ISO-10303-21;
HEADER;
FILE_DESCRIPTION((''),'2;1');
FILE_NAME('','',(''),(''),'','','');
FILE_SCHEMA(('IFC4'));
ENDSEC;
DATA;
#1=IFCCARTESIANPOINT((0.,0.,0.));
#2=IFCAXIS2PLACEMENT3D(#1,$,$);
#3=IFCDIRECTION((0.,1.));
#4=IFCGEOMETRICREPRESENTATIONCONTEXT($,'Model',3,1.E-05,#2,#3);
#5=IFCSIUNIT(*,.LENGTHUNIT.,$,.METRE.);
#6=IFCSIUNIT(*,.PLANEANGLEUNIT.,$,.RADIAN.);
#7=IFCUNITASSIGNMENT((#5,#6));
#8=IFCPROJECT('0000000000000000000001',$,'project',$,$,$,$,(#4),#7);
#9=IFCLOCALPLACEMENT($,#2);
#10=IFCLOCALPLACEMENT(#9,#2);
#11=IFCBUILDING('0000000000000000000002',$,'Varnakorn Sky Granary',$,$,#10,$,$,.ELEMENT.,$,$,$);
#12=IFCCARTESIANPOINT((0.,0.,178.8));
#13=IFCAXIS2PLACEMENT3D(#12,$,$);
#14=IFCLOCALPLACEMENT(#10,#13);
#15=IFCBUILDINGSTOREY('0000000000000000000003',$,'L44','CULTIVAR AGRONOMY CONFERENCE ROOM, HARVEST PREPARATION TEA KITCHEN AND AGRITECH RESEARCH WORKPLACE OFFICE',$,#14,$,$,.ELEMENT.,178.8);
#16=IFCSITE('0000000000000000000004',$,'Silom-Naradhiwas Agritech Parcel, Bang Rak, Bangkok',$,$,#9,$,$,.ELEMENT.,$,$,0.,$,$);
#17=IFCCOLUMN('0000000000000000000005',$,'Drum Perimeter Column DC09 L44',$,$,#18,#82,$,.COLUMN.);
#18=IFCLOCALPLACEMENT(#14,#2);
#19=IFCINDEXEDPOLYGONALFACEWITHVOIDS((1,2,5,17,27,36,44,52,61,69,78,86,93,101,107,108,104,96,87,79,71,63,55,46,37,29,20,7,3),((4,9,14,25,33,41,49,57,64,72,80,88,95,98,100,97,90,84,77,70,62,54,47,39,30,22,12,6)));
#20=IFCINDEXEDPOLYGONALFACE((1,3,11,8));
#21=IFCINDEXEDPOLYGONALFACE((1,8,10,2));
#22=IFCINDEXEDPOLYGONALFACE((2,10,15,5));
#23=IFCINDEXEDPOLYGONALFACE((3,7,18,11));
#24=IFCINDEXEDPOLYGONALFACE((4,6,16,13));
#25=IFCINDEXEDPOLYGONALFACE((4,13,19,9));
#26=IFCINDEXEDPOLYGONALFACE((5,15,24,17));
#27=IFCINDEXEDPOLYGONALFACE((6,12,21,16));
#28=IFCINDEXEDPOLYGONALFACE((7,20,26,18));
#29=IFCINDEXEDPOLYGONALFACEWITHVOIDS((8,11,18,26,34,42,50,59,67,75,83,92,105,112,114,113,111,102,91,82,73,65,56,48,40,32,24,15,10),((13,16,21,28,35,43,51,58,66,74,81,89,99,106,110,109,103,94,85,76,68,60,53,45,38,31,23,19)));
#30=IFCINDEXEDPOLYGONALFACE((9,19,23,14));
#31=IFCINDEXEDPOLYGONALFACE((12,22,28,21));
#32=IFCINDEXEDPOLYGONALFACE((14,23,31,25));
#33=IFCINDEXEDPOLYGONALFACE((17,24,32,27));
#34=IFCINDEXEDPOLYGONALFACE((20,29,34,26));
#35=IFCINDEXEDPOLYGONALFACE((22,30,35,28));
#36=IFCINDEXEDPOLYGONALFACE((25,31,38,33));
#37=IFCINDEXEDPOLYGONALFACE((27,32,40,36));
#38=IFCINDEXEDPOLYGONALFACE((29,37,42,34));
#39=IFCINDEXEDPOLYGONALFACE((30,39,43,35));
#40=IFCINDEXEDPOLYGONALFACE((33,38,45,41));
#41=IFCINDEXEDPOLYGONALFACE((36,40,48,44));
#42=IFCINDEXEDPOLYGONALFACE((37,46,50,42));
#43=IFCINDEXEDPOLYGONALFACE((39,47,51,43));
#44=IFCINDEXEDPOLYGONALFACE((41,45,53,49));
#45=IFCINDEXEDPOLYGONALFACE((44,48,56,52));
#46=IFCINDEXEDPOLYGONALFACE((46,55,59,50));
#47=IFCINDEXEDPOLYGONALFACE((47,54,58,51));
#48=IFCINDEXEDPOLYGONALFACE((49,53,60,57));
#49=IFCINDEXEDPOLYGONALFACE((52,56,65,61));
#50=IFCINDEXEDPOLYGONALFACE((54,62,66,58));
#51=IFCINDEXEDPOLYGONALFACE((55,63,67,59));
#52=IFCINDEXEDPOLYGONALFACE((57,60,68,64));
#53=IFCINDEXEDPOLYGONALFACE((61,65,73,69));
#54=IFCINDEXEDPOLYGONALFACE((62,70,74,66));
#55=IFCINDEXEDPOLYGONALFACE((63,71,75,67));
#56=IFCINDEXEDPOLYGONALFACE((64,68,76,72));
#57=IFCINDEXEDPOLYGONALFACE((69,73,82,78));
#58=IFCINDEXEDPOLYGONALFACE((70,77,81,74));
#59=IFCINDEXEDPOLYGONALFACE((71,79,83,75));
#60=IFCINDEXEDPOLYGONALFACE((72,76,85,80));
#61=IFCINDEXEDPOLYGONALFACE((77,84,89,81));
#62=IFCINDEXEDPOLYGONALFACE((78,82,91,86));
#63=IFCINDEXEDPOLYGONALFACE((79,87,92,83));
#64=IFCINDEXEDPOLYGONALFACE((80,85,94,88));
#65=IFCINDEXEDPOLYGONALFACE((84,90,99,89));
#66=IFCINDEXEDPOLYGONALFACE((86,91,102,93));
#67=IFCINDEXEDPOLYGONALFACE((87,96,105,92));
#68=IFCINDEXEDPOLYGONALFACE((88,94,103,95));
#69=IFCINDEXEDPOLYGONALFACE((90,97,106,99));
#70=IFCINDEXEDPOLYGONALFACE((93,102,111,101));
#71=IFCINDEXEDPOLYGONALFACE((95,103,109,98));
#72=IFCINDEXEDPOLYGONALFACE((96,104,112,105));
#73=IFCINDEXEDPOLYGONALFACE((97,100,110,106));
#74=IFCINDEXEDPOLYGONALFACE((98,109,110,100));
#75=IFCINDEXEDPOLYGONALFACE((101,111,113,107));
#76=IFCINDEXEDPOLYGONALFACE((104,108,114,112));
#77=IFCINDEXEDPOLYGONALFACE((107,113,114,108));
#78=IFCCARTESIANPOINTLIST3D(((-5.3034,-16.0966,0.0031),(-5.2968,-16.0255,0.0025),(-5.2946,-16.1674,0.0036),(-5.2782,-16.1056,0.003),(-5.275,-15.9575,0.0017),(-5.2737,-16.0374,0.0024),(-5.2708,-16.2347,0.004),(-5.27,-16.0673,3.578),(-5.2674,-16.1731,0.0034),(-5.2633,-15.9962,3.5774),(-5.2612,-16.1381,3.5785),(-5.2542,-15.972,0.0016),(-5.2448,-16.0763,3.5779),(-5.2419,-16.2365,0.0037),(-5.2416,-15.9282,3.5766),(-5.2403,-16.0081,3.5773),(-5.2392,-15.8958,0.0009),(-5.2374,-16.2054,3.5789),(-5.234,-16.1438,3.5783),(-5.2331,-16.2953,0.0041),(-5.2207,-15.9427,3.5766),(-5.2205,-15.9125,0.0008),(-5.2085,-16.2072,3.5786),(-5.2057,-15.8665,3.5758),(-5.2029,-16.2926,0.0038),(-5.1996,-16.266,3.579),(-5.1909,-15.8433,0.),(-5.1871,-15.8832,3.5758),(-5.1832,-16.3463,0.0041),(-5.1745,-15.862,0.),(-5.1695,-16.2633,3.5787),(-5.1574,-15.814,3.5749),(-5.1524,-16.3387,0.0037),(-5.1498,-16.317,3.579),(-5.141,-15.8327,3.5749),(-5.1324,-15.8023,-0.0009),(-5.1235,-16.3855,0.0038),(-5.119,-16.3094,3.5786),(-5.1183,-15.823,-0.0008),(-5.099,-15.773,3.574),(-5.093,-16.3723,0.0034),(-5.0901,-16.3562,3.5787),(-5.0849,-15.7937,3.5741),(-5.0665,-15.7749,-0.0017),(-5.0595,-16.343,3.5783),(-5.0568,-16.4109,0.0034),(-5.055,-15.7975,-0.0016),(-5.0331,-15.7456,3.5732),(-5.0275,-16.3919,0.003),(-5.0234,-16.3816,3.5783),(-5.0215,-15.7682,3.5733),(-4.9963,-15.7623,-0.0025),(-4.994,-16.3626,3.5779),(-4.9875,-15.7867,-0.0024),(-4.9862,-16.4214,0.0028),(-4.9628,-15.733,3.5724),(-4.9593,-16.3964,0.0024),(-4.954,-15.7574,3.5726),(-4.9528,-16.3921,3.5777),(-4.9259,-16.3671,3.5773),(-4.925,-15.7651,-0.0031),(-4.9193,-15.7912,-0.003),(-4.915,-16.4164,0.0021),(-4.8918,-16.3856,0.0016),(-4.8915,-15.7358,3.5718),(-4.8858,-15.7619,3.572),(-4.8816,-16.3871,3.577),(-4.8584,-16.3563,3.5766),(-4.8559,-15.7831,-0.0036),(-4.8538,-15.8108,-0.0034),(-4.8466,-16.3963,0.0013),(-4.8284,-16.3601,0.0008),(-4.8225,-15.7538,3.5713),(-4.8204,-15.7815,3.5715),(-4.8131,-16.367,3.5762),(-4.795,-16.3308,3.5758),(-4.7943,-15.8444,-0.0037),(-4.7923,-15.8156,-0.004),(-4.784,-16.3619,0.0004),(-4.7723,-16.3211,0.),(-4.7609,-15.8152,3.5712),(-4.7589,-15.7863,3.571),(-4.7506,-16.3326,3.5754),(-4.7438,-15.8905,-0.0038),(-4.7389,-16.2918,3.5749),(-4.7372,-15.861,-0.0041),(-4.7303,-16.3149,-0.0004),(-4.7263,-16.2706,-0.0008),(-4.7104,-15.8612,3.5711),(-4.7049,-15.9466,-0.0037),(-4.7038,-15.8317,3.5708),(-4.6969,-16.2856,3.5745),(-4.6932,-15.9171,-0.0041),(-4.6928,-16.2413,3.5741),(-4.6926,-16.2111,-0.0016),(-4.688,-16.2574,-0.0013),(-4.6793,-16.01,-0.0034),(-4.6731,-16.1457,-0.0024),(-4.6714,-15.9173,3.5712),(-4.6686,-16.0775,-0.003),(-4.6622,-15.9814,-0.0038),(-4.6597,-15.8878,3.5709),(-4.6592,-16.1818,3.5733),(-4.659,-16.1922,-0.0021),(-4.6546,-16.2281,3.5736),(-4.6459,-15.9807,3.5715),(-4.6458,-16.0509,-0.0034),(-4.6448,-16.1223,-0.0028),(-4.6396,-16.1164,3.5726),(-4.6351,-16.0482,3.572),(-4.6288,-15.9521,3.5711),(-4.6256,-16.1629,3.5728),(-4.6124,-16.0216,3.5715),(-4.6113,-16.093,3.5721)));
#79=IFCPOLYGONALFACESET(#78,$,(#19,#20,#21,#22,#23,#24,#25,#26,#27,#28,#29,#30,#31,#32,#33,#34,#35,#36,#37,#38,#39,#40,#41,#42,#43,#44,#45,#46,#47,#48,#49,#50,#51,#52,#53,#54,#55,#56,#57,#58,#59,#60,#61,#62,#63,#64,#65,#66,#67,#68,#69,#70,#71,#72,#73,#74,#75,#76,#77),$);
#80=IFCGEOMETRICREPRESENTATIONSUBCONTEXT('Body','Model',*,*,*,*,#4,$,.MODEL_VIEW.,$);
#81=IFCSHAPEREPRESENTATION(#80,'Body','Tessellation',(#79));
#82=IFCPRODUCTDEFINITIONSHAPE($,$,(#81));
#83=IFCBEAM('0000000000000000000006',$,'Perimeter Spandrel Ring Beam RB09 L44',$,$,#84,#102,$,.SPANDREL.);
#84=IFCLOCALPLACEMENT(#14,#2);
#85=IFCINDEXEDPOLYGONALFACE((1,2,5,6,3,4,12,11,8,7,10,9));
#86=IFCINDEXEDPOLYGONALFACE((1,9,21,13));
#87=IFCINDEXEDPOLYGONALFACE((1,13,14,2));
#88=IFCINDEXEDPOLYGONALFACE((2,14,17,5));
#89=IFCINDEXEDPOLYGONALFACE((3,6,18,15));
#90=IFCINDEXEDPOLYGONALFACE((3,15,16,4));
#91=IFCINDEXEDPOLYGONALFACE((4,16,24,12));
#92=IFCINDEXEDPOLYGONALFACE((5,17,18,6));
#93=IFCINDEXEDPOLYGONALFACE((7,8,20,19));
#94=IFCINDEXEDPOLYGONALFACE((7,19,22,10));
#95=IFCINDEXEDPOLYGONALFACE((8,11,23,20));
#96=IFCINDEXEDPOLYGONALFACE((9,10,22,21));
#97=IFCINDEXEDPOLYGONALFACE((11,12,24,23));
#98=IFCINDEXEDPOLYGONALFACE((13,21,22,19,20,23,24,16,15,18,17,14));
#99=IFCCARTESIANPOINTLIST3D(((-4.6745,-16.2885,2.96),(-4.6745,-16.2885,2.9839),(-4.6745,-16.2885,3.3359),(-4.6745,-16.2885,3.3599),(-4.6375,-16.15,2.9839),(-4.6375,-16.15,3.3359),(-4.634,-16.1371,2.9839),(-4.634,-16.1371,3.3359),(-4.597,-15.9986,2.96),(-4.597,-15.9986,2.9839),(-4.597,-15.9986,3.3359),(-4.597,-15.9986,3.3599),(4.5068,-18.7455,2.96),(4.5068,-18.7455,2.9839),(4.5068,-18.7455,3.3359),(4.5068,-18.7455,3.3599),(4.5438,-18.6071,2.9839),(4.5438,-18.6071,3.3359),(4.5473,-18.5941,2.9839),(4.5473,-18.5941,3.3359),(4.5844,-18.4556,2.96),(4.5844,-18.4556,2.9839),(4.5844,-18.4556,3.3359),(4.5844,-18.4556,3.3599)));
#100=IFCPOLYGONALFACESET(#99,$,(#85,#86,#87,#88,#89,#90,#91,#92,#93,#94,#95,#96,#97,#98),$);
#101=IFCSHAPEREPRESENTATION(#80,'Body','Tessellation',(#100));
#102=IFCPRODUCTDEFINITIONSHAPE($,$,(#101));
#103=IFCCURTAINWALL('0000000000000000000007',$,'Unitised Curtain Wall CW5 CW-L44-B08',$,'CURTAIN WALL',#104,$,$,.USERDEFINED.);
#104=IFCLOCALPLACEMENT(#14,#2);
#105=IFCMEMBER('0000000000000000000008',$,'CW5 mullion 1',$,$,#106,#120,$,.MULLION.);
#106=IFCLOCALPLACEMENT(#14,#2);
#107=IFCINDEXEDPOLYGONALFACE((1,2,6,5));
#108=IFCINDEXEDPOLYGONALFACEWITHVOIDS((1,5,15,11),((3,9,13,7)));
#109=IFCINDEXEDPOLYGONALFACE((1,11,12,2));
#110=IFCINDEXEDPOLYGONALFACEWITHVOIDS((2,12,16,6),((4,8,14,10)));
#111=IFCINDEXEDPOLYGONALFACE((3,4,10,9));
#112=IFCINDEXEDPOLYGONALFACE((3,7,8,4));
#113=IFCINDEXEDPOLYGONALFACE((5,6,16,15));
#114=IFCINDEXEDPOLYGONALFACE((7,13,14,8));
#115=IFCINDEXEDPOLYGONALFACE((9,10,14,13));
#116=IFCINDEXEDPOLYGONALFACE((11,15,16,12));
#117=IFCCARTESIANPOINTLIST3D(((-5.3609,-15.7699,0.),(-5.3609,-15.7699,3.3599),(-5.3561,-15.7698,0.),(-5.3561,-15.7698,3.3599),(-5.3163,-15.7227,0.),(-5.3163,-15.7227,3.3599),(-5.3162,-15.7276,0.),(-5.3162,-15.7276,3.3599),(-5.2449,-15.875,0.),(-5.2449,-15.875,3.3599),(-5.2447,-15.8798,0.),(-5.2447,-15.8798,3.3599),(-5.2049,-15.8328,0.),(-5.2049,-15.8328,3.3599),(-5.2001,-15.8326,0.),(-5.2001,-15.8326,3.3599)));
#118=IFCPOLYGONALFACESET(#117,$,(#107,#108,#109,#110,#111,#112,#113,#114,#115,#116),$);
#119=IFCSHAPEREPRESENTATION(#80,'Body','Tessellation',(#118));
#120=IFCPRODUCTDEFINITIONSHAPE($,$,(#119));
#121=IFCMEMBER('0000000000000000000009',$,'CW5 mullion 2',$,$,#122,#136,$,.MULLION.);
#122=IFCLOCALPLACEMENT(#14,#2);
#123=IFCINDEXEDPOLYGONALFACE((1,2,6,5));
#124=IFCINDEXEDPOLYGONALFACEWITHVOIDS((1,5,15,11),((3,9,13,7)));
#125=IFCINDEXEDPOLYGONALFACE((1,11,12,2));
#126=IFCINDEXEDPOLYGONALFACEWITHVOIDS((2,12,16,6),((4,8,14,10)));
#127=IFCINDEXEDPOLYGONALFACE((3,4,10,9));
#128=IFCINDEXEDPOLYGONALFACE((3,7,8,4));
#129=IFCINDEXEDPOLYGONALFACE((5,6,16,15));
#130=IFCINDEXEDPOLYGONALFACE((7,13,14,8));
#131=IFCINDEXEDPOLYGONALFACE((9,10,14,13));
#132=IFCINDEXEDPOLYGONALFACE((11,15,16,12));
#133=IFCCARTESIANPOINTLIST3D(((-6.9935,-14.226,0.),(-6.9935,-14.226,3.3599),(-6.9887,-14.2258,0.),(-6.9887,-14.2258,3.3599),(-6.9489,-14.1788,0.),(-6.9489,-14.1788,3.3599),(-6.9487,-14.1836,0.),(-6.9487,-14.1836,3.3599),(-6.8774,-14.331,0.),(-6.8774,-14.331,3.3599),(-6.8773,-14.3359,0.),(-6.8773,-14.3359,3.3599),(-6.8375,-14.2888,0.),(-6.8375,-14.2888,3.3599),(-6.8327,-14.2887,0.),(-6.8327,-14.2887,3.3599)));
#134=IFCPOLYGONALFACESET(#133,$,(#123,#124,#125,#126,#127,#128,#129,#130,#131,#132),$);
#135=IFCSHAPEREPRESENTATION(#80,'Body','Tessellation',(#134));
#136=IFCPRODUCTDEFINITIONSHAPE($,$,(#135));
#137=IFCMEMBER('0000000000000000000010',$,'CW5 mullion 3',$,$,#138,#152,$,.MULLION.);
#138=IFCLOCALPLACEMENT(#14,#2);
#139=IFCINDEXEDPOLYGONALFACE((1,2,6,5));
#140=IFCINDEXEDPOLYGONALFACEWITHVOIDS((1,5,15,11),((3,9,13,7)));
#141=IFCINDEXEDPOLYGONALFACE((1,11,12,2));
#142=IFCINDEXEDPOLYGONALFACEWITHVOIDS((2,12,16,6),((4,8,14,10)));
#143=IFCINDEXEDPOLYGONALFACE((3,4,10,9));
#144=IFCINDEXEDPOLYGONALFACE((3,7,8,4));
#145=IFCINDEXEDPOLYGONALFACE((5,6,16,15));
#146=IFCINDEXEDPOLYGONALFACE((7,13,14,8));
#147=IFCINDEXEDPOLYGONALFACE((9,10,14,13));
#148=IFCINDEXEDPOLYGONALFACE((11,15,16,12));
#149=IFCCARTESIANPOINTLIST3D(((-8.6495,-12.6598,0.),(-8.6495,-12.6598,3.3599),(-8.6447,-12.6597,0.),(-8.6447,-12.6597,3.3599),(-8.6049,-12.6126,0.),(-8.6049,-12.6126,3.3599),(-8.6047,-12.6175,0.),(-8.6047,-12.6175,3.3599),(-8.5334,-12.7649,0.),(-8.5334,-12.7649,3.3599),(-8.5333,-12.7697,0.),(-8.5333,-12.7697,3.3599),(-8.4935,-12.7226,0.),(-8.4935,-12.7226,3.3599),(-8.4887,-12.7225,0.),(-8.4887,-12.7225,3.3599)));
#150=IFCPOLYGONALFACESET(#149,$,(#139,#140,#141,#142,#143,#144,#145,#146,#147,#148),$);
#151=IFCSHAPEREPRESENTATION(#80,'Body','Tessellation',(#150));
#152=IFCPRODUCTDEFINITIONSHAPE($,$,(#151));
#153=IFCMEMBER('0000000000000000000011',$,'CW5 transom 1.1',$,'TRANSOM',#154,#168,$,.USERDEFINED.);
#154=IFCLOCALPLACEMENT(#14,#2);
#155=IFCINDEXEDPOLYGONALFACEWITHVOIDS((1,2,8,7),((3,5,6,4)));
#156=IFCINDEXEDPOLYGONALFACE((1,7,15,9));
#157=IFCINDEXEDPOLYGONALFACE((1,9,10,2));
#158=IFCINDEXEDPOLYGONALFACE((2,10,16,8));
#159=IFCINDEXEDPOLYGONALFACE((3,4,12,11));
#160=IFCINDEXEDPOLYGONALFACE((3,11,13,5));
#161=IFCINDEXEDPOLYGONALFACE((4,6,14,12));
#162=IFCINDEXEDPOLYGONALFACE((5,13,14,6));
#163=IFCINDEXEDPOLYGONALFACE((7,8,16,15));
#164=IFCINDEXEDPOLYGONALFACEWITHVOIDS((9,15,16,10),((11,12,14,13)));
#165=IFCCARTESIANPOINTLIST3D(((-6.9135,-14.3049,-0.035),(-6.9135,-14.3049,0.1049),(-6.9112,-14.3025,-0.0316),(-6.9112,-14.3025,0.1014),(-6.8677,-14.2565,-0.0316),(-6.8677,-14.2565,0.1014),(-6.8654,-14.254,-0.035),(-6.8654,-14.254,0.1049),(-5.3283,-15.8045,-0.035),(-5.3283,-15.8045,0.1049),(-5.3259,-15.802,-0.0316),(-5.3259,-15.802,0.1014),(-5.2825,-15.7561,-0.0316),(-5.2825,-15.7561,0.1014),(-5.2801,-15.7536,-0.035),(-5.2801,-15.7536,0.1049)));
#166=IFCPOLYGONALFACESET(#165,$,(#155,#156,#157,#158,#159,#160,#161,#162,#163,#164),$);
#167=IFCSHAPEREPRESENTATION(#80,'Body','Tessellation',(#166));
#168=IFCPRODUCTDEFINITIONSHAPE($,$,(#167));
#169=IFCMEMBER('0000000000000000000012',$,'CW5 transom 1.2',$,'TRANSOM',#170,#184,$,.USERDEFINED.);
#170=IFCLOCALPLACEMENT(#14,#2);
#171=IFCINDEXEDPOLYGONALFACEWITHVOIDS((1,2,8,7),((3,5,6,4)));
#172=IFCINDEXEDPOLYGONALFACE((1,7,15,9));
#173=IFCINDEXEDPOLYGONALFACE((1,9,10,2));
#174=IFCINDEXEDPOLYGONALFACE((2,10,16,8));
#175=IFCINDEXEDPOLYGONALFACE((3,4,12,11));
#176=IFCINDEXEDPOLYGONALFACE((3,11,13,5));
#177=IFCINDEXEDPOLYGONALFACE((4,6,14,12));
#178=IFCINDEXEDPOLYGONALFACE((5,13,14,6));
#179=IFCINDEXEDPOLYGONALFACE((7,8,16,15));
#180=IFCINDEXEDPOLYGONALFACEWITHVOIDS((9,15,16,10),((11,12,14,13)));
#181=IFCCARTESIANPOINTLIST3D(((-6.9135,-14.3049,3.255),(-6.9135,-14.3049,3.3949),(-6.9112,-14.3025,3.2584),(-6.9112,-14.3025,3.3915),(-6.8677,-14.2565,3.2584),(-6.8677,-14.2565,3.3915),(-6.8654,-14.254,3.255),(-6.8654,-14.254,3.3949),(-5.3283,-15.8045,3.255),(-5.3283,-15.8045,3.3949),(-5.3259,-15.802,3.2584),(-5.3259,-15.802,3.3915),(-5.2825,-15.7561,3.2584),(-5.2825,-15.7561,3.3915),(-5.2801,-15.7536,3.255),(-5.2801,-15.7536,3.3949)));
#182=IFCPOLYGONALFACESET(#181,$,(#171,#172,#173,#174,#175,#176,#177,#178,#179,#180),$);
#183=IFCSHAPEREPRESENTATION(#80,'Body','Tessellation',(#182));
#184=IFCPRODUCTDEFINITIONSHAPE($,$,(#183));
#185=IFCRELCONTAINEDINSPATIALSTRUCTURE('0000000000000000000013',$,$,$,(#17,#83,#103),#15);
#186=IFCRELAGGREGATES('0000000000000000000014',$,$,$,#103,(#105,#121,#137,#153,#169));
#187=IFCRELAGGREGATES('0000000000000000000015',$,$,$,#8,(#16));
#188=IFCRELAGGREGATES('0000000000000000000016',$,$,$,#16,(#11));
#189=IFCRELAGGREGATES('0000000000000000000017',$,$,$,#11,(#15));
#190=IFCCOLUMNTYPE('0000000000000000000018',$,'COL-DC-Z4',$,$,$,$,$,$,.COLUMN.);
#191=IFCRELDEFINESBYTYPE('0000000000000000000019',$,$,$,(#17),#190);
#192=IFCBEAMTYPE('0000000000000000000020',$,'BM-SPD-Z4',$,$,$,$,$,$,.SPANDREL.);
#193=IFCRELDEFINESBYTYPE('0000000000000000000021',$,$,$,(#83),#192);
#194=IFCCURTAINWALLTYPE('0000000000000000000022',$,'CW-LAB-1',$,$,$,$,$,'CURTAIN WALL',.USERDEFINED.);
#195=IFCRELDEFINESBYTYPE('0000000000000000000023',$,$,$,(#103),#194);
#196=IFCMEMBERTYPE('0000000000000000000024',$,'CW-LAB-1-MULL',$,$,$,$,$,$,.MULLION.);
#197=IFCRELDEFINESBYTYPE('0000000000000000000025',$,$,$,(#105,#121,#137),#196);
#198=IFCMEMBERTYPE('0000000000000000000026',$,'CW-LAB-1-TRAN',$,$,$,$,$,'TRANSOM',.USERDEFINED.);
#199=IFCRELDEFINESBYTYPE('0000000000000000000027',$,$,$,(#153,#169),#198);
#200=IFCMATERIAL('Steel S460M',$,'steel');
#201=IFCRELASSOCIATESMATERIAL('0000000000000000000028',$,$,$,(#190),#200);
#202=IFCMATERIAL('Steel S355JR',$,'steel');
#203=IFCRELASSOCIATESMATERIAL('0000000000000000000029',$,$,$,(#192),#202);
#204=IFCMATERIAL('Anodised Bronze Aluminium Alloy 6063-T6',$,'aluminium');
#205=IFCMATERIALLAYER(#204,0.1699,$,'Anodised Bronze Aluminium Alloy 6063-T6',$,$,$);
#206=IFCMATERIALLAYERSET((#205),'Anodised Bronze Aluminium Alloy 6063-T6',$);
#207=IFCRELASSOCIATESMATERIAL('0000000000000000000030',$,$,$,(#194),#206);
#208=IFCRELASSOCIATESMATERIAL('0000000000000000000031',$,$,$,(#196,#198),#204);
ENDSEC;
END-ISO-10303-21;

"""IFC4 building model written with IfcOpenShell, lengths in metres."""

from ifc_helpers import new_model, si_unit, direction, frame, origin, origin_2d, place, context, subcontext, project, spatial, hollow_rectangle, hollow_circle, i_section, extrude, material, layer, layer_set, material_profile, profile_set, type_object, element, aggregate, save


model = new_model("IFC4")

# Units and contexts
model_context = context("Model", 3, precision=1e-05, world=origin(), true_north=direction((0.0, 1.0)))
body_context = subcontext(model_context, "Body", "Model", "MODEL_VIEW")
ifc_project = project(units=[si_unit("LENGTHUNIT", "METRE"), si_unit("PLANEANGLEUNIT", "RADIAN")], contexts=[model_context])

# Site, building, storey
site_placement = place(None, origin())
site = spatial("IfcSite", under=ifc_project, at=site_placement, Name="Silom-Naradhiwas Agritech Parcel, Bang Rak, Bangkok", CompositionType="ELEMENT", RefElevation=0.0)
building_placement = place(site_placement, origin())
building = spatial("IfcBuilding", under=site, at=building_placement, Name="Varnakorn Sky Granary", CompositionType="ELEMENT")
storey_placement = place(building_placement, frame((0.0, 0.0, 178.8)))
storey = spatial("IfcBuildingStorey", under=building, at=storey_placement, Name="L44", Description="CULTIVAR AGRONOMY CONFERENCE ROOM, HARVEST PREPARATION TEA KITCHEN AND AGRITECH RESEARCH WORKPLACE OFFICE", CompositionType="ELEMENT", Elevation=178.8)

# Column
ifc_material_1 = material(Name="Steel S460M", Category="steel")
ifc_material_profile_1 = material_profile(ifc_material_1, hollow_circle(Radius=0.3301, WallThickness=0.0249, at=origin_2d()), Name="CHS 660x25")
ifc_profile_set_1 = profile_set([ifc_material_profile_1], Name="Steel S460M")
column_type = type_object("IfcColumnType", Name="COL-DC-Z4", PredefinedType="COLUMN", material=ifc_profile_set_1)
column_placement = place(storey_placement, frame((-4.9734, -16.0916, 0.0), z_axis=(0.009355, 0.008194, 0.999923), x_axis=(-0.658893, 0.752236, 0.0)))
element("IfcColumn", 1, at=column_placement, inside=storey, type_object=column_type, Name="Drum Perimeter Column DC09 L44", PredefinedType="COLUMN", context=body_context, shape_type="SweptSolid", body=[
    extrude(hollow_circle(Radius=0.3301, WallThickness=0.0249, at=origin_2d()), origin(), (0.0, 0.0, 1.0), 3.5752),
])

# Beam
ifc_material_2 = material(Name="Steel S355JR", Category="steel")
ifc_material_profile_2 = material_profile(ifc_material_2, i_section(OverallWidth=0.3, OverallDepth=0.3999, WebThickness=0.0134, FlangeThickness=0.0239, at=origin_2d()), Name="HE 400 B")
ifc_profile_set_2 = profile_set([ifc_material_profile_2], Name="Steel S355JR")
beam_type = type_object("IfcBeamType", Name="BM-SPD-Z4", PredefinedType="SPANDREL", material=ifc_profile_set_2)
beam_placement = place(storey_placement, frame((-4.6357, -16.1436, 3.1599), z_axis=(0.966008, -0.258513, 0.0), x_axis=(0.258513, 0.966008, 0.0)))
element("IfcBeam", 2, at=beam_placement, inside=storey, type_object=beam_type, Name="Perimeter Spandrel Ring Beam RB09 L44", PredefinedType="SPANDREL", context=body_context, shape_type="SweptSolid", body=[
    extrude(i_section(OverallWidth=0.3, OverallDepth=0.3999, WebThickness=0.0134, FlangeThickness=0.0239, at=origin_2d()), origin(), (0.0, 0.0, 1.0), 9.5044),
])

# Curtain wall, members
ifc_material_3 = material(Name="Anodised Bronze Aluminium Alloy 6063-T6", Category="aluminium")
ifc_layer_1 = layer(ifc_material_3, 0.1699, Name="Anodised Bronze Aluminium Alloy 6063-T6")
ifc_layer_set_1 = layer_set([ifc_layer_1], Name="Anodised Bronze Aluminium Alloy 6063-T6")
curtain_wall_type = type_object("IfcCurtainWallType", Name="CW-LAB-1", ElementType="CURTAIN WALL", PredefinedType="USERDEFINED", material=ifc_layer_set_1)
curtain_wall_placement = place(storey_placement, origin())
curtain_wall = element("IfcCurtainWall", 3, at=curtain_wall_placement, inside=storey, type_object=curtain_wall_type, Name="Unitised Curtain Wall CW5 CW-L44-B08", ObjectType="CURTAIN WALL", PredefinedType="USERDEFINED")
ifc_material_profile_3 = material_profile(ifc_material_3, hollow_rectangle(XDim=0.0649, YDim=0.1599, WallThickness=0.0034, at=origin_2d()), Name="ALU MULL 65x160")
ifc_profile_set_3 = profile_set([ifc_material_profile_3], Name="Anodised Bronze Aluminium Alloy 6063-T6")
member_type_1 = type_object("IfcMemberType", Name="CW-LAB-1-MULL", PredefinedType="MULLION", material=ifc_profile_set_3)
member_1_placement = place(storey_placement, frame((-5.2805, -15.8013, 0.0), z_axis=(0.0, 0.0, 1.0), x_axis=(-0.687124, -0.726541, 0.0)))
member_1 = element("IfcMember", 4, at=member_1_placement, type_object=member_type_1, Name="CW5 mullion 1", PredefinedType="MULLION", context=body_context, shape_type="SweptSolid", body=[
    extrude(hollow_rectangle(XDim=0.0649, YDim=0.1599, WallThickness=0.0034, at=origin_2d()), origin(), (0.0, 0.0, 1.0), 3.3599),
])
member_2_placement = place(storey_placement, frame((-6.9131, -14.2573, 0.0), z_axis=(0.0, 0.0, 1.0), x_axis=(-0.687124, -0.726541, 0.0)))
member_2 = element("IfcMember", 5, at=member_2_placement, type_object=member_type_1, Name="CW5 mullion 2", PredefinedType="MULLION", context=body_context, shape_type="SweptSolid", body=[
    extrude(hollow_rectangle(XDim=0.0649, YDim=0.1599, WallThickness=0.0034, at=origin_2d()), origin(), (0.0, 0.0, 1.0), 3.3599),
])
member_3_placement = place(storey_placement, frame((-8.5691, -12.6912, 0.0), z_axis=(0.0, 0.0, 1.0), x_axis=(-0.687124, -0.726541, 0.0)))
member_3 = element("IfcMember", 6, at=member_3_placement, type_object=member_type_1, Name="CW5 mullion 3", PredefinedType="MULLION", context=body_context, shape_type="SweptSolid", body=[
    extrude(hollow_rectangle(XDim=0.0649, YDim=0.1599, WallThickness=0.0034, at=origin_2d()), origin(), (0.0, 0.0, 1.0), 3.3599),
])
ifc_material_profile_4 = material_profile(ifc_material_3, hollow_rectangle(XDim=0.0701, YDim=0.1399, WallThickness=0.0034, at=origin_2d()), Name="ALU TRAN 70x140")
ifc_profile_set_4 = profile_set([ifc_material_profile_4], Name="Anodised Bronze Aluminium Alloy 6063-T6")
member_type_2 = type_object("IfcMemberType", Name="CW-LAB-1-TRAN", ElementType="TRANSOM", PredefinedType="USERDEFINED", material=ifc_profile_set_4)
member_4_placement = place(storey_placement, frame((-5.3042, -15.7791, 0.0349), z_axis=(-0.72647, 0.687198, 0.0), x_axis=(-0.687198, -0.72647, 0.0)))
member_4 = element("IfcMember", 7, at=member_4_placement, type_object=member_type_2, Name="CW5 transom 1.1", ObjectType="TRANSOM", PredefinedType="USERDEFINED", context=body_context, shape_type="SweptSolid", body=[
    extrude(hollow_rectangle(XDim=0.0701, YDim=0.1399, WallThickness=0.0034, at=origin_2d()), origin(), (0.0, 0.0, 1.0), 2.1821),
])
member_5_placement = place(storey_placement, frame((-5.3042, -15.7791, 3.325), z_axis=(-0.72647, 0.687198, 0.0), x_axis=(-0.687198, -0.72647, 0.0)))
member_5 = element("IfcMember", 8, at=member_5_placement, type_object=member_type_2, Name="CW5 transom 1.2", ObjectType="TRANSOM", PredefinedType="USERDEFINED", context=body_context, shape_type="SweptSolid", body=[
    extrude(hollow_rectangle(XDim=0.0701, YDim=0.1399, WallThickness=0.0034, at=origin_2d()), origin(), (0.0, 0.0, 1.0), 2.1821),
])

aggregate(curtain_wall, [member_1, member_2, member_3, member_4, member_5])

save(model, "model.ifc")
